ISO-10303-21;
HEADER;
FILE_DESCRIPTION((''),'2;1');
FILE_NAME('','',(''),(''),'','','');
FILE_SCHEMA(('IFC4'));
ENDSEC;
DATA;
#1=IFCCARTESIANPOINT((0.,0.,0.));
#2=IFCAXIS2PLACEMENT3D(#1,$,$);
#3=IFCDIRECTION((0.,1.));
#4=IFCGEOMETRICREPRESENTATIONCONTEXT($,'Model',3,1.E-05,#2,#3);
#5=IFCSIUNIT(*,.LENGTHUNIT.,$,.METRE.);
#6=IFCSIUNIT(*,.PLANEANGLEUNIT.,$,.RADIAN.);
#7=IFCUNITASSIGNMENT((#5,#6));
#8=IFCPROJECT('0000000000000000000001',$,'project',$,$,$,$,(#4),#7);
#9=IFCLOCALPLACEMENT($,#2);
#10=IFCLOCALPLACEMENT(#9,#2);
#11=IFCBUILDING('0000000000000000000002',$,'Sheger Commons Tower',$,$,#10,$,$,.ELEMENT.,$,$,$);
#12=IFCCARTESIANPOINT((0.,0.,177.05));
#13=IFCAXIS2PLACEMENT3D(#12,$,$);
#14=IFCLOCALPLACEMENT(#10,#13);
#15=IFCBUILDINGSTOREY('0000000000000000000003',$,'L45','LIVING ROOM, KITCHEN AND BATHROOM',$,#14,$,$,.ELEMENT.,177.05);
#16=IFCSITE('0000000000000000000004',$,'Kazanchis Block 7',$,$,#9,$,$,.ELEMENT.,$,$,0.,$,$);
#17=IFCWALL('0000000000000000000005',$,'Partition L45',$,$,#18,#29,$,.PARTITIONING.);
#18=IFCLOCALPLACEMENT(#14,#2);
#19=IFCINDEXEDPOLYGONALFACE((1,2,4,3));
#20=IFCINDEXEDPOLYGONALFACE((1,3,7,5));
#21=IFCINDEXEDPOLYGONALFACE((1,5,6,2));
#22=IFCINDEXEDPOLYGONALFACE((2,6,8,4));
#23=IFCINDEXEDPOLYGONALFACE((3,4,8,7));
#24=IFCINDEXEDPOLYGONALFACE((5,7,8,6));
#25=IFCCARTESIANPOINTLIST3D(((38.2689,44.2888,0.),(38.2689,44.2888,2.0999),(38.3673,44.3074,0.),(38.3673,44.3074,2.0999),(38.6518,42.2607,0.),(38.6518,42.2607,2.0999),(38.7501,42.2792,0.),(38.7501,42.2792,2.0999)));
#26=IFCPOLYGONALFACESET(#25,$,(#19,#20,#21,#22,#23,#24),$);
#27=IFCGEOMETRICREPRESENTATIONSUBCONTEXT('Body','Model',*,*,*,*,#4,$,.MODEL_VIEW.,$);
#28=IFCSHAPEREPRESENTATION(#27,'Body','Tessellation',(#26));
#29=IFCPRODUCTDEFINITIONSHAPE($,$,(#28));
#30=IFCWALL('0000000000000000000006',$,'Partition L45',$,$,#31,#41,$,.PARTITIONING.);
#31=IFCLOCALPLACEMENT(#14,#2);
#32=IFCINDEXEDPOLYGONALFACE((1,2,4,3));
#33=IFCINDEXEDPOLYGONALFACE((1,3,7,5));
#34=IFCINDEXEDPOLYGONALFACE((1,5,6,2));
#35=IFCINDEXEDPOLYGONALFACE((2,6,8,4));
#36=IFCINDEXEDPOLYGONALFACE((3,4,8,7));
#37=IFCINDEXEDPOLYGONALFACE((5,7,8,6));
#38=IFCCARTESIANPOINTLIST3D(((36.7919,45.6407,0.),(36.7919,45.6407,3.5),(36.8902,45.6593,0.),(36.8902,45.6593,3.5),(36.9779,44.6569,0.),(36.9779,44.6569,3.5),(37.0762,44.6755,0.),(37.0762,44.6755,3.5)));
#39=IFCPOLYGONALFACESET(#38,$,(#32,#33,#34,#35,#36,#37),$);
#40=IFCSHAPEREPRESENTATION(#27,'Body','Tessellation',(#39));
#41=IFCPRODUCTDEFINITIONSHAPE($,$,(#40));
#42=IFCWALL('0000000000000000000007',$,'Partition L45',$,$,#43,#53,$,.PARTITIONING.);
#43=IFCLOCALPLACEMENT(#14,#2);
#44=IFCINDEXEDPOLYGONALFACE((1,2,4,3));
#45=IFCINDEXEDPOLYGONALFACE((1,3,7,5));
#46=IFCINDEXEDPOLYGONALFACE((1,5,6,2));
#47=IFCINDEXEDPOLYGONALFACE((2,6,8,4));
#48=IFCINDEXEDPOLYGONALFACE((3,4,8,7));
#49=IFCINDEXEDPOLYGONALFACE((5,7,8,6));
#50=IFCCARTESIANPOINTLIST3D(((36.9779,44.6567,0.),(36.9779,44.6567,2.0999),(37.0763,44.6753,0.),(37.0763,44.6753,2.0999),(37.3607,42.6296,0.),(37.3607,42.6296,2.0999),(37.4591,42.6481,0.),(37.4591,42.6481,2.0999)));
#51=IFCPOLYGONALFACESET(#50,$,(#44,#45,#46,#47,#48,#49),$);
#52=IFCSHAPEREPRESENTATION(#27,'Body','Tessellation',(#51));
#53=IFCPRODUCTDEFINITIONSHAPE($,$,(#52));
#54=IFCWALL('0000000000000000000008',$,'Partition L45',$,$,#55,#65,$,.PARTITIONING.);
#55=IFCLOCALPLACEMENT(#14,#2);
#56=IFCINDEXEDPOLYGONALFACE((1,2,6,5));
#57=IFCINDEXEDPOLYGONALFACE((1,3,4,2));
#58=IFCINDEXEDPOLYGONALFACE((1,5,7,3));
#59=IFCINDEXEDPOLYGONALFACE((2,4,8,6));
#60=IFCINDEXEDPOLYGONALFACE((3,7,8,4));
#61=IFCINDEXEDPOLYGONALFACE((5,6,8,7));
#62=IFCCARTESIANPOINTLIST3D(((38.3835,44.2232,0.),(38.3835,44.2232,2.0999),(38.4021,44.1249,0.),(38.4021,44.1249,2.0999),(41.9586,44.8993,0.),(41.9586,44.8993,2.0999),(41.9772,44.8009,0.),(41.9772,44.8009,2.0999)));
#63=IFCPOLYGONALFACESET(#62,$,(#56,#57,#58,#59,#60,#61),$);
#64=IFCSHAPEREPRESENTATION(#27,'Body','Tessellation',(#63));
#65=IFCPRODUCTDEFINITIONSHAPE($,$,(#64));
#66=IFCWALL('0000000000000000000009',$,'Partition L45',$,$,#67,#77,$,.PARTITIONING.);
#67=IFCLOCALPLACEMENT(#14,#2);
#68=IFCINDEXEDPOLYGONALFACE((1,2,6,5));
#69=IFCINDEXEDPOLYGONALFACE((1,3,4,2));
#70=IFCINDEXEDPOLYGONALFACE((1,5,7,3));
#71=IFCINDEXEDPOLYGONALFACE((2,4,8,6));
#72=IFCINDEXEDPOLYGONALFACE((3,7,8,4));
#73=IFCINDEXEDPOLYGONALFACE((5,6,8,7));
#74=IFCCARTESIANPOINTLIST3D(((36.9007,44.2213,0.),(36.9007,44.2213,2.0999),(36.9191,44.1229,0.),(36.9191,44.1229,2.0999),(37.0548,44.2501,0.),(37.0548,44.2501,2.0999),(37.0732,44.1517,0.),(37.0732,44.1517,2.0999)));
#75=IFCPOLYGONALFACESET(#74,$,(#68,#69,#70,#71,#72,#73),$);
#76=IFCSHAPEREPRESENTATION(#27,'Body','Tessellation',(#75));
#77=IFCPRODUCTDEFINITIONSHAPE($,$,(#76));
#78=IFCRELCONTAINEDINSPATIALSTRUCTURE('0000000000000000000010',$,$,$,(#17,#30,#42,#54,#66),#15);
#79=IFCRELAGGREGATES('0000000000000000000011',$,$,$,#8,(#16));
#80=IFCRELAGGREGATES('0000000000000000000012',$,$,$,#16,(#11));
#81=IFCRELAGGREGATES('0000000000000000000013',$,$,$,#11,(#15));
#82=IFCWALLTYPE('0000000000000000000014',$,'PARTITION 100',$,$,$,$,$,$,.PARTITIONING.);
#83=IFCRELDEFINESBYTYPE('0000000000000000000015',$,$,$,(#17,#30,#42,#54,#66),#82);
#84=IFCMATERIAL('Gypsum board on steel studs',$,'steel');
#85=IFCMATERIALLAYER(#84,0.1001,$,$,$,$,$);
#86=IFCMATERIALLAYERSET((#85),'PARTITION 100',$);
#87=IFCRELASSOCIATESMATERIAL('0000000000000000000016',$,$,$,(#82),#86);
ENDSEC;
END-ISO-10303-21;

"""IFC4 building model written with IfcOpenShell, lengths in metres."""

from ifc_helpers import new_model, si_unit, direction, frame, frame_2d, origin, place, context, subcontext, project, spatial, rectangle, extrude, material, layer, layer_set, type_object, element, save


model = new_model("IFC4")

# Units and contexts
model_context = context("Model", 3, precision=1e-05, world=origin(), true_north=direction((0.0, 1.0)))
body_context = subcontext(model_context, "Body", "Model", "MODEL_VIEW")
ifc_project = project(units=[si_unit("LENGTHUNIT", "METRE"), si_unit("PLANEANGLEUNIT", "RADIAN")], contexts=[model_context])

# Site, building, storey
site_placement = place(None, origin())
site = spatial("IfcSite", under=ifc_project, at=site_placement, Name="Kazanchis Block 7", CompositionType="ELEMENT", RefElevation=0.0)
building_placement = place(site_placement, origin())
building = spatial("IfcBuilding", under=site, at=building_placement, Name="Sheger Commons Tower", CompositionType="ELEMENT")
storey_placement = place(building_placement, frame((0.0, 0.0, 177.05)))
storey = spatial("IfcBuildingStorey", under=building, at=storey_placement, Name="L45", Description="LIVING ROOM, KITCHEN AND BATHROOM", CompositionType="ELEMENT", Elevation=177.05)

# Walls
ifc_material_1 = material(Name="Gypsum board on steel studs", Category="steel")
ifc_layer_1 = layer(ifc_material_1, 0.1001)
ifc_layer_set_1 = layer_set([ifc_layer_1], Name="PARTITION 100")
wall_type_1 = type_object("IfcWallType", Name="PARTITION 100", PredefinedType="PARTITIONING", material=ifc_layer_set_1)
wall_1_placement = place(storey_placement, frame((38.3181, 44.2981, 0.0), z_axis=(0.0, 0.0, 1.0), x_axis=(0.185481, -0.982648, 0.0)))
element("IfcWall", 1, at=wall_1_placement, inside=storey, type_object=wall_type_1, Name="Partition L45", PredefinedType="PARTITIONING", context=body_context, shape_type="SweptSolid", body=[
    extrude(rectangle(XDim=2.064, YDim=0.1001, at=frame_2d((1.032, 0.0))), origin(), (0.0, 0.0, 1.0), 2.0999),
])
wall_2_placement = place(storey_placement, frame((36.8411, 45.6499, 0.0), z_axis=(0.0, 0.0, 1.0), x_axis=(0.18579, -0.982589, 0.0)))
element("IfcWall", 2, at=wall_2_placement, inside=storey, type_object=wall_type_1, Name="Partition L45", PredefinedType="PARTITIONING", context=body_context, shape_type="SweptSolid", body=[
    extrude(rectangle(XDim=1.0012, YDim=0.1001, at=frame_2d((0.5005, 0.0))), origin(), (0.0, 0.0, 1.0), 3.5),
])
wall_3_placement = place(storey_placement, frame((37.0271, 44.666, 0.0), z_axis=(0.0, 0.0, 1.0), x_axis=(0.185567, -0.982632, 0.0)))
element("IfcWall", 3, at=wall_3_placement, inside=storey, type_object=wall_type_1, Name="Partition L45", PredefinedType="PARTITIONING", context=body_context, shape_type="SweptSolid", body=[
    extrude(rectangle(XDim=2.063, YDim=0.1001, at=frame_2d((1.0315, 0.0))), origin(), (0.0, 0.0, 1.0), 2.0999),
])
wall_4_placement = place(storey_placement, frame((41.968, 44.8501, 0.0), z_axis=(0.0, 0.0, 1.0), x_axis=(-0.982586, -0.185808, 0.0)))
element("IfcWall", 4, at=wall_4_placement, inside=storey, type_object=wall_type_1, Name="Partition L45", PredefinedType="PARTITIONING", context=body_context, shape_type="SweptSolid", body=[
    extrude(rectangle(XDim=3.6384, YDim=0.1001, at=frame_2d((1.8193, 0.0))), origin(), (0.0, 0.0, 1.0), 2.0999),
])
wall_5_placement = place(storey_placement, frame((37.064, 44.2009, 0.0), z_axis=(0.0, 0.0, 1.0), x_axis=(-0.98296, -0.183818, 0.0)))
element("IfcWall", 5, at=wall_5_placement, inside=storey, type_object=wall_type_1, Name="Partition L45", PredefinedType="PARTITIONING", context=body_context, shape_type="SweptSolid", body=[
    extrude(rectangle(XDim=0.1567, YDim=0.1001, at=frame_2d((0.0784, 0.0))), origin(), (0.0, 0.0, 1.0), 2.0999),
])

save(model, "model.ifc")
